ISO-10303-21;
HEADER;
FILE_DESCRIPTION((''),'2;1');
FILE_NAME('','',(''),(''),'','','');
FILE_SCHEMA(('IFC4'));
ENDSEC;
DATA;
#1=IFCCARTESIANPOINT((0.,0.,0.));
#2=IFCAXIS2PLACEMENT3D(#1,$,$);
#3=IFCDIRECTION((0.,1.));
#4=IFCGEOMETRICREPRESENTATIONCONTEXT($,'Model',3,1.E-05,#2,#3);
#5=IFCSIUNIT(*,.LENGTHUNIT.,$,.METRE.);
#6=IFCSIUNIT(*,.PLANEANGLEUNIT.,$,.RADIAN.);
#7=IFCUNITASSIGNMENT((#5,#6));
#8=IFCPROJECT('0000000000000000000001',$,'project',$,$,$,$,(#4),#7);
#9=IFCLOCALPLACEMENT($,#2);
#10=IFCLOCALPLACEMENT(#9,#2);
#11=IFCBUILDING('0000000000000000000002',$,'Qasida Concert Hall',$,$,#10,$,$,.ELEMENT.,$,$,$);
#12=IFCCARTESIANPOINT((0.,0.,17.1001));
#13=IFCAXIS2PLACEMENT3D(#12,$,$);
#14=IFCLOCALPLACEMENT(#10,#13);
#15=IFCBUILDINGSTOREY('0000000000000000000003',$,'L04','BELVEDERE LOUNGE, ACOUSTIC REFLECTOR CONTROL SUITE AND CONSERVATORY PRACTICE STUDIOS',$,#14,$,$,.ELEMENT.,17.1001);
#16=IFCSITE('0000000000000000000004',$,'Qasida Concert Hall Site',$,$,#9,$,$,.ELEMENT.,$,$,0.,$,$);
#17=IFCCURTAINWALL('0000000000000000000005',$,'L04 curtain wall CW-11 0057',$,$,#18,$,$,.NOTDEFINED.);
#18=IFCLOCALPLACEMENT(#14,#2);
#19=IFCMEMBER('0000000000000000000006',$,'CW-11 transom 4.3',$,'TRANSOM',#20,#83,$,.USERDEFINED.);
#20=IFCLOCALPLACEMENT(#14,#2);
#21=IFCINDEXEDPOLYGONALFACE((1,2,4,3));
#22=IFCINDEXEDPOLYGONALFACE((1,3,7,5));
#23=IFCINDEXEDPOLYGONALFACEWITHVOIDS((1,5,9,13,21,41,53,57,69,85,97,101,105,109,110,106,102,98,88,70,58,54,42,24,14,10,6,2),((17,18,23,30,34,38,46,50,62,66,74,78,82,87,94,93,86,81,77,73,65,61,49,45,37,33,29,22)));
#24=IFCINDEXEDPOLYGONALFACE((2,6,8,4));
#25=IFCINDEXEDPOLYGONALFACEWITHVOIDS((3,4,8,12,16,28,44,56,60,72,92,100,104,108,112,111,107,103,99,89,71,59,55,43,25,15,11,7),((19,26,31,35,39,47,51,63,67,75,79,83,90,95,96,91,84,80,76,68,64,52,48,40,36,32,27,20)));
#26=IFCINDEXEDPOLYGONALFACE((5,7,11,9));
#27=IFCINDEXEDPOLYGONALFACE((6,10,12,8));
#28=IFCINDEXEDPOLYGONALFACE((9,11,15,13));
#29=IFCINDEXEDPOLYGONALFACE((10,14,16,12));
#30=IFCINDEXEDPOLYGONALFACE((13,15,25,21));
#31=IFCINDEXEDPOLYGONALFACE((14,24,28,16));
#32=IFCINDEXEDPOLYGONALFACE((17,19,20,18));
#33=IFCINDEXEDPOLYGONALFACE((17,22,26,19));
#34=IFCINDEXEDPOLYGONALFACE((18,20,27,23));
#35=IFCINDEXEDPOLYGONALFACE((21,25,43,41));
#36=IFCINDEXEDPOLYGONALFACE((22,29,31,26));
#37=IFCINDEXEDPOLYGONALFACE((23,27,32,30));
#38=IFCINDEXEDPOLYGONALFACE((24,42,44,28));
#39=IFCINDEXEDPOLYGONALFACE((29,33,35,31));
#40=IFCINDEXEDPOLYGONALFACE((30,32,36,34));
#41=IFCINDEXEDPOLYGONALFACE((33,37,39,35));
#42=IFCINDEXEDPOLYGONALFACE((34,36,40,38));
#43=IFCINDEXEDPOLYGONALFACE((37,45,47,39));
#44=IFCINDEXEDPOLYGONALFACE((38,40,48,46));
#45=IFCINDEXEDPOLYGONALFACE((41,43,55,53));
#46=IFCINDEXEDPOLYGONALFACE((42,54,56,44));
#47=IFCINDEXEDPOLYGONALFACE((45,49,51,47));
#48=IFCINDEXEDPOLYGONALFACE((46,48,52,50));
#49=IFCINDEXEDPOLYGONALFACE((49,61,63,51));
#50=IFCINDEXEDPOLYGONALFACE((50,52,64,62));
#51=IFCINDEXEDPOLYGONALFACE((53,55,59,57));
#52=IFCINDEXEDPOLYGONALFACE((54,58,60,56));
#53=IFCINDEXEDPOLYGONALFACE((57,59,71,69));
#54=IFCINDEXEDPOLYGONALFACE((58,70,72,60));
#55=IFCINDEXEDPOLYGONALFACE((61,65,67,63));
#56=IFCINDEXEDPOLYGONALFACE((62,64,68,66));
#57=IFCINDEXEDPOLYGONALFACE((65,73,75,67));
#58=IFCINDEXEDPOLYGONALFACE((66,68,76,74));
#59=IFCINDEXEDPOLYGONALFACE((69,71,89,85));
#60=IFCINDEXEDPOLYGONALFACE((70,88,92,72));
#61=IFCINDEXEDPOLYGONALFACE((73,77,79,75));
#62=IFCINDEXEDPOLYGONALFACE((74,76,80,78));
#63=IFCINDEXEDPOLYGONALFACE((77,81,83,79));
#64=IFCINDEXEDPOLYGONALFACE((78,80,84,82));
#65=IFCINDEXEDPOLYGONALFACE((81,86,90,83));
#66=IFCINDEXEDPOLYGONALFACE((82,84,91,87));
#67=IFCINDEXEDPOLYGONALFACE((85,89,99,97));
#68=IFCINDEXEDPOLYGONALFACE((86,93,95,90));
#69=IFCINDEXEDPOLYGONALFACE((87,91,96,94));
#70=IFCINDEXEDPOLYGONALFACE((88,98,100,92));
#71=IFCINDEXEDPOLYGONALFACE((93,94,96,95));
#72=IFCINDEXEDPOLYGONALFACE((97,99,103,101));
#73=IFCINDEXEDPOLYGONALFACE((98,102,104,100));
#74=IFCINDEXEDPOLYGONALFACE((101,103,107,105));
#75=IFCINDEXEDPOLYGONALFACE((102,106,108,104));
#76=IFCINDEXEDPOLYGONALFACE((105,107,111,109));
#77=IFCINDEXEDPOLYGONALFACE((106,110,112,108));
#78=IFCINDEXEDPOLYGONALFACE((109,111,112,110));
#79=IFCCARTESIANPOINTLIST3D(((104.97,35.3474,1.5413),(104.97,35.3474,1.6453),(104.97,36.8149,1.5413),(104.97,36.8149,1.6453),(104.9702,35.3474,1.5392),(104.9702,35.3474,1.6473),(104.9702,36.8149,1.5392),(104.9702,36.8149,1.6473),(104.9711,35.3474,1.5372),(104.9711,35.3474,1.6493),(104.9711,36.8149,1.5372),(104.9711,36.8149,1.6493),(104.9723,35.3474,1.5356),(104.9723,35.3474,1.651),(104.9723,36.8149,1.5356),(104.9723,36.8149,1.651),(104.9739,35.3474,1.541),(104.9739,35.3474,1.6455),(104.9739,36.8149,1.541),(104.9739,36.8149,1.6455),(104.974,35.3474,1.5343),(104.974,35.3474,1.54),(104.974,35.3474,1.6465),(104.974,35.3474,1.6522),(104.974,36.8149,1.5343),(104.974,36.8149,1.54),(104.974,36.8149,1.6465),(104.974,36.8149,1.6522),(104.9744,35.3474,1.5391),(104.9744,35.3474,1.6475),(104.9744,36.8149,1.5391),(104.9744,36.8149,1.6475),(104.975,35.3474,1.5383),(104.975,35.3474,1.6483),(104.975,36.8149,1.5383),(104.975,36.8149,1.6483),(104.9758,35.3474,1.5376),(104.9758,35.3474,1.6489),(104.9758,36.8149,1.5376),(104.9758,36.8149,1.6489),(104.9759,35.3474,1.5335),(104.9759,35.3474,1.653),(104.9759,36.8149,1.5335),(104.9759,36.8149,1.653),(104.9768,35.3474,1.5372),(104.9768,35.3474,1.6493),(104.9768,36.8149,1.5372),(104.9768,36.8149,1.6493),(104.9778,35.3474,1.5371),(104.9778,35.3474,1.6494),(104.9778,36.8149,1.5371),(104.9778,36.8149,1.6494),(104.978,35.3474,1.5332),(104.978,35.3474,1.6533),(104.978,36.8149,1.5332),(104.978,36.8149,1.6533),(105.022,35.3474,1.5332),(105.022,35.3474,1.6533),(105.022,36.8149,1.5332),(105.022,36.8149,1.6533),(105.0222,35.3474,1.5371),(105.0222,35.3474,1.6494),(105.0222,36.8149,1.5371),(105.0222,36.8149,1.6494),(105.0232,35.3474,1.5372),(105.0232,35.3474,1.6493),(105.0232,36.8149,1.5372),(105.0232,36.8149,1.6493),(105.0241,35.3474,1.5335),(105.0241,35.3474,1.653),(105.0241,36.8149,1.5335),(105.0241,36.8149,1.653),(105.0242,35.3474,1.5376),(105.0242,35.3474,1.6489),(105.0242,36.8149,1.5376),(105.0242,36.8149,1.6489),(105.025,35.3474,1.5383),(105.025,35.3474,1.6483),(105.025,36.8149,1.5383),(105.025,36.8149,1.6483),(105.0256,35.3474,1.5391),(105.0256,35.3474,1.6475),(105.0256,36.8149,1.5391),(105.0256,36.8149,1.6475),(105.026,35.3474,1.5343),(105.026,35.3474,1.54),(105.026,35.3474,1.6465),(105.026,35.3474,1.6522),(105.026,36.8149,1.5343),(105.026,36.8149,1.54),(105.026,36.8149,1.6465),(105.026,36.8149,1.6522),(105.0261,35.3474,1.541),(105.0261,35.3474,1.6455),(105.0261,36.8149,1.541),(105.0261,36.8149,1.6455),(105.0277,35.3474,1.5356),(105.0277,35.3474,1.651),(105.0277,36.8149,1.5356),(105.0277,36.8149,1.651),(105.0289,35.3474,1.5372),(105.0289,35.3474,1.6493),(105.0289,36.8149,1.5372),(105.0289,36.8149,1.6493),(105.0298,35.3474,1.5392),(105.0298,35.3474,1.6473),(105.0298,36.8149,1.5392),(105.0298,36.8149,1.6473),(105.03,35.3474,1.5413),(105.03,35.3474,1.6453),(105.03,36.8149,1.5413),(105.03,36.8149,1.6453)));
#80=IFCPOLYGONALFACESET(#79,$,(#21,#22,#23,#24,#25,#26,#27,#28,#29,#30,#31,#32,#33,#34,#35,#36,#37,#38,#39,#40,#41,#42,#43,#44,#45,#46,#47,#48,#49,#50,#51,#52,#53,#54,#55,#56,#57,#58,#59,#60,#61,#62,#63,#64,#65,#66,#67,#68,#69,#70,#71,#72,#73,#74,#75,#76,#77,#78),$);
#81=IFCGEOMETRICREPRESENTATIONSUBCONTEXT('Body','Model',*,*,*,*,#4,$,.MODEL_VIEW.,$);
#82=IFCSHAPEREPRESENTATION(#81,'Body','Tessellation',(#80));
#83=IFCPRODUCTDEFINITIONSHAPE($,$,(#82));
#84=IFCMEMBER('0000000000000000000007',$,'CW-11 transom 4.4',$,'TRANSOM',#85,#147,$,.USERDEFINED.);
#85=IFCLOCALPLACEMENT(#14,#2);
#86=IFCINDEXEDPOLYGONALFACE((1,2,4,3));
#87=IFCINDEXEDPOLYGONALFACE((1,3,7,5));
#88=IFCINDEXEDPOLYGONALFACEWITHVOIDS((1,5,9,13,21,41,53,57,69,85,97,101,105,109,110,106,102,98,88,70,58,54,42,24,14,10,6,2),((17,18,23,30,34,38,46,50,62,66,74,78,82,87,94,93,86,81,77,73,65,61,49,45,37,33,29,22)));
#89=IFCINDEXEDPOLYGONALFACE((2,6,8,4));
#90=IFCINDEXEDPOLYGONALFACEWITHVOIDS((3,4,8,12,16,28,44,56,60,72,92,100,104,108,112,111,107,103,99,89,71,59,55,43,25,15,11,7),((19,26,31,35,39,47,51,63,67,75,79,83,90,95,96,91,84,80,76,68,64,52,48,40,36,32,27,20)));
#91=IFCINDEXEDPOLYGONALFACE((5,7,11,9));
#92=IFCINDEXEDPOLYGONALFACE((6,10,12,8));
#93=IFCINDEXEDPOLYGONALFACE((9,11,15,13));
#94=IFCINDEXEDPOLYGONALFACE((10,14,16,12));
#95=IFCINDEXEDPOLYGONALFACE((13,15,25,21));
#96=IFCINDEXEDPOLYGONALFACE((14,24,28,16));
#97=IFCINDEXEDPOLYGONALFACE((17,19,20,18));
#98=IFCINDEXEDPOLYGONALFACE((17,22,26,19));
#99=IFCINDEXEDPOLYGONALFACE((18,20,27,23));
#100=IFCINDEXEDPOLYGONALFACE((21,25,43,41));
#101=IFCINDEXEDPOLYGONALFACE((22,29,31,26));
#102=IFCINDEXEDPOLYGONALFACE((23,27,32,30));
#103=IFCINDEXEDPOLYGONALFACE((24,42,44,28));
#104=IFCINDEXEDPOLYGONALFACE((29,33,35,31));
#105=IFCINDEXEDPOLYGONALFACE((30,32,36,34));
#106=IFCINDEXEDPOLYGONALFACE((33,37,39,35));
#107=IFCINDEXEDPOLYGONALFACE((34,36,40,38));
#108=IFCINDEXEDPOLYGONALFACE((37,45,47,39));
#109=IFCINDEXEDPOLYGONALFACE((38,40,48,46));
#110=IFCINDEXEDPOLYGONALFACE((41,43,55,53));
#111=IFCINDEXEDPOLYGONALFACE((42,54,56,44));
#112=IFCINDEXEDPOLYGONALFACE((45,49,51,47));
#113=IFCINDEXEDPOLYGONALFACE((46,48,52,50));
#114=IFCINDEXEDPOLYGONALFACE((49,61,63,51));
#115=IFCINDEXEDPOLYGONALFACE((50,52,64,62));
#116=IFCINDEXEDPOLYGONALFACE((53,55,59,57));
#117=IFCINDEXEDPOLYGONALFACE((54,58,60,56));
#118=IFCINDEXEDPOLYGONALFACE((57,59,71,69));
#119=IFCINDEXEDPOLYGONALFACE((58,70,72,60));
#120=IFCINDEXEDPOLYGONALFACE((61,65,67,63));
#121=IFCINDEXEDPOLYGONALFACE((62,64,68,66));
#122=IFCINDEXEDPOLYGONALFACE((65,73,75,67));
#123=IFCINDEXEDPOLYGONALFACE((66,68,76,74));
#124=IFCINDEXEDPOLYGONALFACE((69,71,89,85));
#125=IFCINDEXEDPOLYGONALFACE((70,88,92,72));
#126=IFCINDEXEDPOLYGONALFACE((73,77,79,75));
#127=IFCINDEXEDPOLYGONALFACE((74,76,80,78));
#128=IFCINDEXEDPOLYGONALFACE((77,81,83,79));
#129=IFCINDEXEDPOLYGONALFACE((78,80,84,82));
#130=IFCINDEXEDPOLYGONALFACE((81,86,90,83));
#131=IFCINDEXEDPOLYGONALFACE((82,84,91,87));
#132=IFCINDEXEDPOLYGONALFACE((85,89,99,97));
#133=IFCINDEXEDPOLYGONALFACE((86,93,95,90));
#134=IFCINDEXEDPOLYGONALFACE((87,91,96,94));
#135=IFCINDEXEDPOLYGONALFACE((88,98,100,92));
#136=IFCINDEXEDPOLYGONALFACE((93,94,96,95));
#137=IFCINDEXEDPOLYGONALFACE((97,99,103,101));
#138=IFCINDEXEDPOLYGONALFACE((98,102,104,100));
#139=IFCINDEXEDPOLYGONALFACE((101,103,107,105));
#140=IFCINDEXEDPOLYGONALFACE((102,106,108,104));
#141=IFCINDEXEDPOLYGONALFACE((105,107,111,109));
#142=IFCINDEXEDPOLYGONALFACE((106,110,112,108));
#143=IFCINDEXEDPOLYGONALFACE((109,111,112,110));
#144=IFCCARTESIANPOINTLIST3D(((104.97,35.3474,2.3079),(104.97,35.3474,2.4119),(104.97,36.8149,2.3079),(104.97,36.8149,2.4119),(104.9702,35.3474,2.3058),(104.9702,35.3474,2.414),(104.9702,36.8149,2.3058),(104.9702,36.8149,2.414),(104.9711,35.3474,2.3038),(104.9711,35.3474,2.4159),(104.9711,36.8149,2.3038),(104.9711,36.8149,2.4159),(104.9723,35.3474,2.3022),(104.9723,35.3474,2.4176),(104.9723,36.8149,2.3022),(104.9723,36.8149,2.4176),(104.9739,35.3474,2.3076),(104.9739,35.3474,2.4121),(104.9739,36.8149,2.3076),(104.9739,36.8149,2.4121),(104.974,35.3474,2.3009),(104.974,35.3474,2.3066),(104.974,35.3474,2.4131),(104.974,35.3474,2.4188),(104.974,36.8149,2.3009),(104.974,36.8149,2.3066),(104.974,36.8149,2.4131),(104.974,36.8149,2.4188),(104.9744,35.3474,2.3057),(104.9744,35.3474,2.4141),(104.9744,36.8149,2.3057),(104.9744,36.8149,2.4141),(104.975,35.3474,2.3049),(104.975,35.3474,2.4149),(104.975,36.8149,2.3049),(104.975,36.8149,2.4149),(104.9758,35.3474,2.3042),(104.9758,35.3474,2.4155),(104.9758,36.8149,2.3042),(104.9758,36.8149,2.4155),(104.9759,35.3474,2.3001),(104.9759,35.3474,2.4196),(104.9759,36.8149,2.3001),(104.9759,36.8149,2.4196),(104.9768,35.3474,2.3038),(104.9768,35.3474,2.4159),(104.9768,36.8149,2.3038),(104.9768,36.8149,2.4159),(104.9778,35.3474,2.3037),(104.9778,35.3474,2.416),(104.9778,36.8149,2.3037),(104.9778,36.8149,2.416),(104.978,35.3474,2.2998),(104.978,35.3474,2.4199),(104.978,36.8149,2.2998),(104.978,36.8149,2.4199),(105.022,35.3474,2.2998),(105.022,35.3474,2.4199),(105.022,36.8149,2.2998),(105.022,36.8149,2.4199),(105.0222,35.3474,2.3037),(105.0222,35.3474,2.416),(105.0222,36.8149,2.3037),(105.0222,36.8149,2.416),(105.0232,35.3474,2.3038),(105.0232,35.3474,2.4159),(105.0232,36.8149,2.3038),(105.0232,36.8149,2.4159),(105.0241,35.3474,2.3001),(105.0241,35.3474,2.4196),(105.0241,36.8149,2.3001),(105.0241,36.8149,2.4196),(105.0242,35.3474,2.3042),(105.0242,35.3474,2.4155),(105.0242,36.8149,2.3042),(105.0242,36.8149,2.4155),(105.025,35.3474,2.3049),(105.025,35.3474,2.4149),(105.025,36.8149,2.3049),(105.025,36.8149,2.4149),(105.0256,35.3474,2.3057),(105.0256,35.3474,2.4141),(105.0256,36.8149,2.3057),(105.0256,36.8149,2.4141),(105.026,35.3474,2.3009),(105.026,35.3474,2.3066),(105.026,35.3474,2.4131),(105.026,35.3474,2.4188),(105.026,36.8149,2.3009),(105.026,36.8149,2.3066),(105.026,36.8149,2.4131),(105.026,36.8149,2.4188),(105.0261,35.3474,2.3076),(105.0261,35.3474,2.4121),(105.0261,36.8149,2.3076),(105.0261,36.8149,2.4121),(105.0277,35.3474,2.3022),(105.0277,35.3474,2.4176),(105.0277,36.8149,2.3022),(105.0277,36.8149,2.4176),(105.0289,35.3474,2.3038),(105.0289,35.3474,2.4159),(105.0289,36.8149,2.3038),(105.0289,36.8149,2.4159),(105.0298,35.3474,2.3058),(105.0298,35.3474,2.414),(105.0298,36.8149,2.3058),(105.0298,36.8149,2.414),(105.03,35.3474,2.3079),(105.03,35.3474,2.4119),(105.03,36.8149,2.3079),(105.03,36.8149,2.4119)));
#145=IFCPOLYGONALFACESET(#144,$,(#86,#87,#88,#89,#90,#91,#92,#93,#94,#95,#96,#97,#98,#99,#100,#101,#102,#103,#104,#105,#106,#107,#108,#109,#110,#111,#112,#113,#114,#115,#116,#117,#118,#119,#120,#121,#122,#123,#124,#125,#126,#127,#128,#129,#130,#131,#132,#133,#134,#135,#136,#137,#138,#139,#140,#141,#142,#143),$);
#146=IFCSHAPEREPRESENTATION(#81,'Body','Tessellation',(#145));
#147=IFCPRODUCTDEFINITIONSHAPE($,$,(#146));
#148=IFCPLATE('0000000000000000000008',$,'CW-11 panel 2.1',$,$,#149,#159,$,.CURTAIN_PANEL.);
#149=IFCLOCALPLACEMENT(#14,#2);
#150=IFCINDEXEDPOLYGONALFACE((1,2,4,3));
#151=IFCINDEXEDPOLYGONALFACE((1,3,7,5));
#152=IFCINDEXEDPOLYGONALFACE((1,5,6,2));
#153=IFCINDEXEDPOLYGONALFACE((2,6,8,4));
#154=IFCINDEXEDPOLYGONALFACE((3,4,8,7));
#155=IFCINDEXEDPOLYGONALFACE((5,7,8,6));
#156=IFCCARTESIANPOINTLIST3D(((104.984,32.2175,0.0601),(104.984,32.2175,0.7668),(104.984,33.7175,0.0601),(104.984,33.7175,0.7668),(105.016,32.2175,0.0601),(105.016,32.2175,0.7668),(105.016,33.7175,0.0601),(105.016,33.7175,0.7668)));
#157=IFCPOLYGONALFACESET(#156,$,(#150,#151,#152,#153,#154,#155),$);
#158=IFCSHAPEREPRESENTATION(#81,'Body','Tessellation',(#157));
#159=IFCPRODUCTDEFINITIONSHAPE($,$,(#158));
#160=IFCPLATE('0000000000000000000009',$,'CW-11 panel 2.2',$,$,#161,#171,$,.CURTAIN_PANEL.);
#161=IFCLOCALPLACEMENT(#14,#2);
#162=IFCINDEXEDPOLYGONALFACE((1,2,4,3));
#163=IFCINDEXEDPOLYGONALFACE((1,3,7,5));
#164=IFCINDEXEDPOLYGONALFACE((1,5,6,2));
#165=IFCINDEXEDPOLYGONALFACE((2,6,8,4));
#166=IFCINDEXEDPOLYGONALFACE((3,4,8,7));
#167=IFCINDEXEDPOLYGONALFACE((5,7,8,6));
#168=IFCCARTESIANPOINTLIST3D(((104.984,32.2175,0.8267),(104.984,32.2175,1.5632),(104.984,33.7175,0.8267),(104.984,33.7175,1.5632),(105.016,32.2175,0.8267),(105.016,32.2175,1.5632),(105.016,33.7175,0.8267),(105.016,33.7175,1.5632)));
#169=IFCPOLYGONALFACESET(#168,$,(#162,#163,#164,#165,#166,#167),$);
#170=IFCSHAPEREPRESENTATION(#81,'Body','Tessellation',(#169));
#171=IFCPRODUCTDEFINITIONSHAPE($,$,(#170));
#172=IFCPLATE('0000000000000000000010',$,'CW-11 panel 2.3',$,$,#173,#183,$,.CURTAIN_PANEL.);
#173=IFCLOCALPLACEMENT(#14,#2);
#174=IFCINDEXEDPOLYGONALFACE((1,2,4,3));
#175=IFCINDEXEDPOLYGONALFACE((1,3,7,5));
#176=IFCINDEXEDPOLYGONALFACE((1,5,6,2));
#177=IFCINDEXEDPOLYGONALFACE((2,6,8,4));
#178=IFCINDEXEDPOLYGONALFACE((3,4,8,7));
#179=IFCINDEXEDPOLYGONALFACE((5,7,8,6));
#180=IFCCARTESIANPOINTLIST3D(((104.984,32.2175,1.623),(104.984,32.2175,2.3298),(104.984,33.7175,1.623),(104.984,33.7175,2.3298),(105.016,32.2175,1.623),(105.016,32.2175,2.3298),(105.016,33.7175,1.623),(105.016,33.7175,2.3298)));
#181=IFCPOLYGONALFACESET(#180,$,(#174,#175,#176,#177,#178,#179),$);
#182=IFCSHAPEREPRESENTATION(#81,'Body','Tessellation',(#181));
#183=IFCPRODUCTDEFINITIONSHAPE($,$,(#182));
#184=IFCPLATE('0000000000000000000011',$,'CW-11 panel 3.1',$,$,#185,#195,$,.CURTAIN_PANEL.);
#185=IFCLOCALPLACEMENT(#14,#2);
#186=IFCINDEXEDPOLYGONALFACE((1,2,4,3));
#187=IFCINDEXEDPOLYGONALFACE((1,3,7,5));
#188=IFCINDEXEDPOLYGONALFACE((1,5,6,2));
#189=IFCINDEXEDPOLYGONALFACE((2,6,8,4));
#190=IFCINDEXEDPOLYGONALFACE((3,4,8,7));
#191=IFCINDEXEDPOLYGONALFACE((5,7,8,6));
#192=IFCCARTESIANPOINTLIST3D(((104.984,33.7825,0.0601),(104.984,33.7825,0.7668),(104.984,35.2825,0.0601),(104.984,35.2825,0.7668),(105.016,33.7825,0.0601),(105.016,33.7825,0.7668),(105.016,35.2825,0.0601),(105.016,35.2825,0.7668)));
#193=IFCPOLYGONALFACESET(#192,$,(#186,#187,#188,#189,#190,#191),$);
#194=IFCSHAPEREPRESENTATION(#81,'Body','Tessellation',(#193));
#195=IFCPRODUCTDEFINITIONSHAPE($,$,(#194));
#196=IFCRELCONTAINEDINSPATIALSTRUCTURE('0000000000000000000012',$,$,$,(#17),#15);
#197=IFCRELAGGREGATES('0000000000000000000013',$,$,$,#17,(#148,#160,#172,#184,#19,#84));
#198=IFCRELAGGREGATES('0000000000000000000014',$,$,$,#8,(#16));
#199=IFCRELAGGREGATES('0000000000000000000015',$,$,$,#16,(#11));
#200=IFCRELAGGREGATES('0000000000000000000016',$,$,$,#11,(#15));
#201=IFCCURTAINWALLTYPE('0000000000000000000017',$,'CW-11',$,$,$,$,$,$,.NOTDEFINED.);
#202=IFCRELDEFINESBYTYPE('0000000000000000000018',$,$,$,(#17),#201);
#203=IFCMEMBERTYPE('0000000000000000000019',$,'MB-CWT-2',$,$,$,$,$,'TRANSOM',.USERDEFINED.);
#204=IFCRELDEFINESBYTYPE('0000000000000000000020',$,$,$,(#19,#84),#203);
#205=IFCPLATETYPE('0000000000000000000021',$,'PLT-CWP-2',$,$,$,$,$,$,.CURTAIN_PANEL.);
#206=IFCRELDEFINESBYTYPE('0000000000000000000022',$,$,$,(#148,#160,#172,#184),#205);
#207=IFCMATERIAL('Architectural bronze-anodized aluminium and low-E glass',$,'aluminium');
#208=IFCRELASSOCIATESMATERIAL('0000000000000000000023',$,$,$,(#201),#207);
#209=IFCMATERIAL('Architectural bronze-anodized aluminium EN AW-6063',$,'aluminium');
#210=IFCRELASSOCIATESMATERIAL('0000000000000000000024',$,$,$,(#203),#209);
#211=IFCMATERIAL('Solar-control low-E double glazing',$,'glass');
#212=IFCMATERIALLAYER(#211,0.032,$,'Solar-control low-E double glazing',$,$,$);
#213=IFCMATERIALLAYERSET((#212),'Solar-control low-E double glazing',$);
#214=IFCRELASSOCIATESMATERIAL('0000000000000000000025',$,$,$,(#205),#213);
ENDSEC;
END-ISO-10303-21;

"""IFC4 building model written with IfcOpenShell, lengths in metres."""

from ifc_helpers import new_model, si_unit, direction, frame, origin, origin_2d, place, context, subcontext, project, spatial, rectangle, hollow_rectangle, extrude, material, layer, layer_set, material_profile, profile_set, type_object, element, aggregate, save


model = new_model("IFC4")

# Units and contexts
model_context = context("Model", 3, precision=1e-05, world=origin(), true_north=direction((0.0, 1.0)))
body_context = subcontext(model_context, "Body", "Model", "MODEL_VIEW")
ifc_project = project(units=[si_unit("LENGTHUNIT", "METRE"), si_unit("PLANEANGLEUNIT", "RADIAN")], contexts=[model_context])

# Site, building, storey
site_placement = place(None, origin())
site = spatial("IfcSite", under=ifc_project, at=site_placement, Name="Qasida Concert Hall Site", CompositionType="ELEMENT", RefElevation=0.0)
building_placement = place(site_placement, origin())
building = spatial("IfcBuilding", under=site, at=building_placement, Name="Qasida Concert Hall", CompositionType="ELEMENT")
storey_placement = place(building_placement, frame((0.0, 0.0, 17.1001)))
storey = spatial("IfcBuildingStorey", under=building, at=storey_placement, Name="L04", Description="BELVEDERE LOUNGE, ACOUSTIC REFLECTOR CONTROL SUITE AND CONSERVATORY PRACTICE STUDIOS", CompositionType="ELEMENT", Elevation=17.1001)

# Curtain wall, members, plates
ifc_material_1 = material(Name="Architectural bronze-anodized aluminium and low-E glass", Category="aluminium")
curtain_wall_type = type_object("IfcCurtainWallType", Name="CW-11", PredefinedType="NOTDEFINED", material=ifc_material_1)
curtain_wall_placement = place(storey_placement, origin())
curtain_wall = element("IfcCurtainWall", 1, at=curtain_wall_placement, inside=storey, type_object=curtain_wall_type, Name="L04 curtain wall CW-11 0057", PredefinedType="NOTDEFINED")
ifc_material_2 = material(Name="Architectural bronze-anodized aluminium EN AW-6063", Category="aluminium")
ifc_material_profile_1 = material_profile(ifc_material_2, hollow_rectangle(XDim=0.0601, YDim=0.1201, WallThickness=0.0039, InnerFilletRadius=0.0039, OuterFilletRadius=0.0081, at=origin_2d()), Name="CWT 120x60x4")
ifc_profile_set_1 = profile_set([ifc_material_profile_1], Name="Architectural bronze-anodized aluminium EN AW-6063")
member_type_1 = type_object("IfcMemberType", Name="MB-CWT-2", ElementType="TRANSOM", PredefinedType="USERDEFINED", material=ifc_profile_set_1)
member_1_placement = place(storey_placement, frame((105.0, 35.3474, 1.5933), z_axis=(0.0, 1.0, 0.0), x_axis=(-1.0, 0.0, 0.0)))
member_1 = element("IfcMember", 2, at=member_1_placement, type_object=member_type_1, Name="CW-11 transom 4.3", ObjectType="TRANSOM", PredefinedType="USERDEFINED", context=body_context, shape_type="SweptSolid", body=[
    extrude(hollow_rectangle(XDim=0.0601, YDim=0.1201, WallThickness=0.0039, InnerFilletRadius=0.0039, OuterFilletRadius=0.0081, at=origin_2d()), origin(), (0.0, 0.0, 1.0), 1.4675),
])
member_2_placement = place(storey_placement, frame((105.0, 35.3474, 2.3599), z_axis=(0.0, 1.0, 0.0), x_axis=(-1.0, 0.0, 0.0)))
member_2 = element("IfcMember", 3, at=member_2_placement, type_object=member_type_1, Name="CW-11 transom 4.4", ObjectType="TRANSOM", PredefinedType="USERDEFINED", context=body_context, shape_type="SweptSolid", body=[
    extrude(hollow_rectangle(XDim=0.0601, YDim=0.1201, WallThickness=0.0039, InnerFilletRadius=0.0039, OuterFilletRadius=0.0081, at=origin_2d()), origin(), (0.0, 0.0, 1.0), 1.4675),
])
ifc_material_3 = material(Name="Solar-control low-E double glazing", Category="glass")
ifc_layer = layer(ifc_material_3, 0.032, Name="Solar-control low-E double glazing")
ifc_layer_set = layer_set([ifc_layer], Name="Solar-control low-E double glazing")
plate_type = type_object("IfcPlateType", Name="PLT-CWP-2", PredefinedType="CURTAIN_PANEL", material=ifc_layer_set)
plate_1_placement = place(storey_placement, frame((105.0, 32.9675, 0.0601), z_axis=(0.0, 0.0, 1.0), x_axis=(0.0, 1.0, 0.0)))
plate_1 = element("IfcPlate", 4, at=plate_1_placement, type_object=plate_type, Name="CW-11 panel 2.1", PredefinedType="CURTAIN_PANEL", context=body_context, shape_type="SweptSolid", body=[
    extrude(rectangle(XDim=1.5, YDim=0.032, at=origin_2d()), origin(), (0.0, 0.0, 1.0), 0.7068),
])
plate_2_placement = place(storey_placement, frame((105.0, 32.9675, 0.8267), z_axis=(0.0, 0.0, 1.0), x_axis=(0.0, 1.0, 0.0)))
plate_2 = element("IfcPlate", 5, at=plate_2_placement, type_object=plate_type, Name="CW-11 panel 2.2", PredefinedType="CURTAIN_PANEL", context=body_context, shape_type="SweptSolid", body=[
    extrude(rectangle(XDim=1.5, YDim=0.032, at=origin_2d()), origin(), (0.0, 0.0, 1.0), 0.7366),
])
plate_3_placement = place(storey_placement, frame((105.0, 32.9675, 1.623), z_axis=(0.0, 0.0, 1.0), x_axis=(0.0, 1.0, 0.0)))
plate_3 = element("IfcPlate", 6, at=plate_3_placement, type_object=plate_type, Name="CW-11 panel 2.3", PredefinedType="CURTAIN_PANEL", context=body_context, shape_type="SweptSolid", body=[
    extrude(rectangle(XDim=1.5, YDim=0.032, at=origin_2d()), origin(), (0.0, 0.0, 1.0), 0.7068),
])
plate_4_placement = place(storey_placement, frame((105.0, 34.5325, 0.0601), z_axis=(0.0, 0.0, 1.0), x_axis=(0.0, 1.0, 0.0)))
plate_4 = element("IfcPlate", 7, at=plate_4_placement, type_object=plate_type, Name="CW-11 panel 3.1", PredefinedType="CURTAIN_PANEL", context=body_context, shape_type="SweptSolid", body=[
    extrude(rectangle(XDim=1.5, YDim=0.032, at=origin_2d()), origin(), (0.0, 0.0, 1.0), 0.7068),
])
aggregate(curtain_wall, [plate_1, plate_2, plate_3, plate_4, member_1, member_2])

save(model, "model.ifc")
